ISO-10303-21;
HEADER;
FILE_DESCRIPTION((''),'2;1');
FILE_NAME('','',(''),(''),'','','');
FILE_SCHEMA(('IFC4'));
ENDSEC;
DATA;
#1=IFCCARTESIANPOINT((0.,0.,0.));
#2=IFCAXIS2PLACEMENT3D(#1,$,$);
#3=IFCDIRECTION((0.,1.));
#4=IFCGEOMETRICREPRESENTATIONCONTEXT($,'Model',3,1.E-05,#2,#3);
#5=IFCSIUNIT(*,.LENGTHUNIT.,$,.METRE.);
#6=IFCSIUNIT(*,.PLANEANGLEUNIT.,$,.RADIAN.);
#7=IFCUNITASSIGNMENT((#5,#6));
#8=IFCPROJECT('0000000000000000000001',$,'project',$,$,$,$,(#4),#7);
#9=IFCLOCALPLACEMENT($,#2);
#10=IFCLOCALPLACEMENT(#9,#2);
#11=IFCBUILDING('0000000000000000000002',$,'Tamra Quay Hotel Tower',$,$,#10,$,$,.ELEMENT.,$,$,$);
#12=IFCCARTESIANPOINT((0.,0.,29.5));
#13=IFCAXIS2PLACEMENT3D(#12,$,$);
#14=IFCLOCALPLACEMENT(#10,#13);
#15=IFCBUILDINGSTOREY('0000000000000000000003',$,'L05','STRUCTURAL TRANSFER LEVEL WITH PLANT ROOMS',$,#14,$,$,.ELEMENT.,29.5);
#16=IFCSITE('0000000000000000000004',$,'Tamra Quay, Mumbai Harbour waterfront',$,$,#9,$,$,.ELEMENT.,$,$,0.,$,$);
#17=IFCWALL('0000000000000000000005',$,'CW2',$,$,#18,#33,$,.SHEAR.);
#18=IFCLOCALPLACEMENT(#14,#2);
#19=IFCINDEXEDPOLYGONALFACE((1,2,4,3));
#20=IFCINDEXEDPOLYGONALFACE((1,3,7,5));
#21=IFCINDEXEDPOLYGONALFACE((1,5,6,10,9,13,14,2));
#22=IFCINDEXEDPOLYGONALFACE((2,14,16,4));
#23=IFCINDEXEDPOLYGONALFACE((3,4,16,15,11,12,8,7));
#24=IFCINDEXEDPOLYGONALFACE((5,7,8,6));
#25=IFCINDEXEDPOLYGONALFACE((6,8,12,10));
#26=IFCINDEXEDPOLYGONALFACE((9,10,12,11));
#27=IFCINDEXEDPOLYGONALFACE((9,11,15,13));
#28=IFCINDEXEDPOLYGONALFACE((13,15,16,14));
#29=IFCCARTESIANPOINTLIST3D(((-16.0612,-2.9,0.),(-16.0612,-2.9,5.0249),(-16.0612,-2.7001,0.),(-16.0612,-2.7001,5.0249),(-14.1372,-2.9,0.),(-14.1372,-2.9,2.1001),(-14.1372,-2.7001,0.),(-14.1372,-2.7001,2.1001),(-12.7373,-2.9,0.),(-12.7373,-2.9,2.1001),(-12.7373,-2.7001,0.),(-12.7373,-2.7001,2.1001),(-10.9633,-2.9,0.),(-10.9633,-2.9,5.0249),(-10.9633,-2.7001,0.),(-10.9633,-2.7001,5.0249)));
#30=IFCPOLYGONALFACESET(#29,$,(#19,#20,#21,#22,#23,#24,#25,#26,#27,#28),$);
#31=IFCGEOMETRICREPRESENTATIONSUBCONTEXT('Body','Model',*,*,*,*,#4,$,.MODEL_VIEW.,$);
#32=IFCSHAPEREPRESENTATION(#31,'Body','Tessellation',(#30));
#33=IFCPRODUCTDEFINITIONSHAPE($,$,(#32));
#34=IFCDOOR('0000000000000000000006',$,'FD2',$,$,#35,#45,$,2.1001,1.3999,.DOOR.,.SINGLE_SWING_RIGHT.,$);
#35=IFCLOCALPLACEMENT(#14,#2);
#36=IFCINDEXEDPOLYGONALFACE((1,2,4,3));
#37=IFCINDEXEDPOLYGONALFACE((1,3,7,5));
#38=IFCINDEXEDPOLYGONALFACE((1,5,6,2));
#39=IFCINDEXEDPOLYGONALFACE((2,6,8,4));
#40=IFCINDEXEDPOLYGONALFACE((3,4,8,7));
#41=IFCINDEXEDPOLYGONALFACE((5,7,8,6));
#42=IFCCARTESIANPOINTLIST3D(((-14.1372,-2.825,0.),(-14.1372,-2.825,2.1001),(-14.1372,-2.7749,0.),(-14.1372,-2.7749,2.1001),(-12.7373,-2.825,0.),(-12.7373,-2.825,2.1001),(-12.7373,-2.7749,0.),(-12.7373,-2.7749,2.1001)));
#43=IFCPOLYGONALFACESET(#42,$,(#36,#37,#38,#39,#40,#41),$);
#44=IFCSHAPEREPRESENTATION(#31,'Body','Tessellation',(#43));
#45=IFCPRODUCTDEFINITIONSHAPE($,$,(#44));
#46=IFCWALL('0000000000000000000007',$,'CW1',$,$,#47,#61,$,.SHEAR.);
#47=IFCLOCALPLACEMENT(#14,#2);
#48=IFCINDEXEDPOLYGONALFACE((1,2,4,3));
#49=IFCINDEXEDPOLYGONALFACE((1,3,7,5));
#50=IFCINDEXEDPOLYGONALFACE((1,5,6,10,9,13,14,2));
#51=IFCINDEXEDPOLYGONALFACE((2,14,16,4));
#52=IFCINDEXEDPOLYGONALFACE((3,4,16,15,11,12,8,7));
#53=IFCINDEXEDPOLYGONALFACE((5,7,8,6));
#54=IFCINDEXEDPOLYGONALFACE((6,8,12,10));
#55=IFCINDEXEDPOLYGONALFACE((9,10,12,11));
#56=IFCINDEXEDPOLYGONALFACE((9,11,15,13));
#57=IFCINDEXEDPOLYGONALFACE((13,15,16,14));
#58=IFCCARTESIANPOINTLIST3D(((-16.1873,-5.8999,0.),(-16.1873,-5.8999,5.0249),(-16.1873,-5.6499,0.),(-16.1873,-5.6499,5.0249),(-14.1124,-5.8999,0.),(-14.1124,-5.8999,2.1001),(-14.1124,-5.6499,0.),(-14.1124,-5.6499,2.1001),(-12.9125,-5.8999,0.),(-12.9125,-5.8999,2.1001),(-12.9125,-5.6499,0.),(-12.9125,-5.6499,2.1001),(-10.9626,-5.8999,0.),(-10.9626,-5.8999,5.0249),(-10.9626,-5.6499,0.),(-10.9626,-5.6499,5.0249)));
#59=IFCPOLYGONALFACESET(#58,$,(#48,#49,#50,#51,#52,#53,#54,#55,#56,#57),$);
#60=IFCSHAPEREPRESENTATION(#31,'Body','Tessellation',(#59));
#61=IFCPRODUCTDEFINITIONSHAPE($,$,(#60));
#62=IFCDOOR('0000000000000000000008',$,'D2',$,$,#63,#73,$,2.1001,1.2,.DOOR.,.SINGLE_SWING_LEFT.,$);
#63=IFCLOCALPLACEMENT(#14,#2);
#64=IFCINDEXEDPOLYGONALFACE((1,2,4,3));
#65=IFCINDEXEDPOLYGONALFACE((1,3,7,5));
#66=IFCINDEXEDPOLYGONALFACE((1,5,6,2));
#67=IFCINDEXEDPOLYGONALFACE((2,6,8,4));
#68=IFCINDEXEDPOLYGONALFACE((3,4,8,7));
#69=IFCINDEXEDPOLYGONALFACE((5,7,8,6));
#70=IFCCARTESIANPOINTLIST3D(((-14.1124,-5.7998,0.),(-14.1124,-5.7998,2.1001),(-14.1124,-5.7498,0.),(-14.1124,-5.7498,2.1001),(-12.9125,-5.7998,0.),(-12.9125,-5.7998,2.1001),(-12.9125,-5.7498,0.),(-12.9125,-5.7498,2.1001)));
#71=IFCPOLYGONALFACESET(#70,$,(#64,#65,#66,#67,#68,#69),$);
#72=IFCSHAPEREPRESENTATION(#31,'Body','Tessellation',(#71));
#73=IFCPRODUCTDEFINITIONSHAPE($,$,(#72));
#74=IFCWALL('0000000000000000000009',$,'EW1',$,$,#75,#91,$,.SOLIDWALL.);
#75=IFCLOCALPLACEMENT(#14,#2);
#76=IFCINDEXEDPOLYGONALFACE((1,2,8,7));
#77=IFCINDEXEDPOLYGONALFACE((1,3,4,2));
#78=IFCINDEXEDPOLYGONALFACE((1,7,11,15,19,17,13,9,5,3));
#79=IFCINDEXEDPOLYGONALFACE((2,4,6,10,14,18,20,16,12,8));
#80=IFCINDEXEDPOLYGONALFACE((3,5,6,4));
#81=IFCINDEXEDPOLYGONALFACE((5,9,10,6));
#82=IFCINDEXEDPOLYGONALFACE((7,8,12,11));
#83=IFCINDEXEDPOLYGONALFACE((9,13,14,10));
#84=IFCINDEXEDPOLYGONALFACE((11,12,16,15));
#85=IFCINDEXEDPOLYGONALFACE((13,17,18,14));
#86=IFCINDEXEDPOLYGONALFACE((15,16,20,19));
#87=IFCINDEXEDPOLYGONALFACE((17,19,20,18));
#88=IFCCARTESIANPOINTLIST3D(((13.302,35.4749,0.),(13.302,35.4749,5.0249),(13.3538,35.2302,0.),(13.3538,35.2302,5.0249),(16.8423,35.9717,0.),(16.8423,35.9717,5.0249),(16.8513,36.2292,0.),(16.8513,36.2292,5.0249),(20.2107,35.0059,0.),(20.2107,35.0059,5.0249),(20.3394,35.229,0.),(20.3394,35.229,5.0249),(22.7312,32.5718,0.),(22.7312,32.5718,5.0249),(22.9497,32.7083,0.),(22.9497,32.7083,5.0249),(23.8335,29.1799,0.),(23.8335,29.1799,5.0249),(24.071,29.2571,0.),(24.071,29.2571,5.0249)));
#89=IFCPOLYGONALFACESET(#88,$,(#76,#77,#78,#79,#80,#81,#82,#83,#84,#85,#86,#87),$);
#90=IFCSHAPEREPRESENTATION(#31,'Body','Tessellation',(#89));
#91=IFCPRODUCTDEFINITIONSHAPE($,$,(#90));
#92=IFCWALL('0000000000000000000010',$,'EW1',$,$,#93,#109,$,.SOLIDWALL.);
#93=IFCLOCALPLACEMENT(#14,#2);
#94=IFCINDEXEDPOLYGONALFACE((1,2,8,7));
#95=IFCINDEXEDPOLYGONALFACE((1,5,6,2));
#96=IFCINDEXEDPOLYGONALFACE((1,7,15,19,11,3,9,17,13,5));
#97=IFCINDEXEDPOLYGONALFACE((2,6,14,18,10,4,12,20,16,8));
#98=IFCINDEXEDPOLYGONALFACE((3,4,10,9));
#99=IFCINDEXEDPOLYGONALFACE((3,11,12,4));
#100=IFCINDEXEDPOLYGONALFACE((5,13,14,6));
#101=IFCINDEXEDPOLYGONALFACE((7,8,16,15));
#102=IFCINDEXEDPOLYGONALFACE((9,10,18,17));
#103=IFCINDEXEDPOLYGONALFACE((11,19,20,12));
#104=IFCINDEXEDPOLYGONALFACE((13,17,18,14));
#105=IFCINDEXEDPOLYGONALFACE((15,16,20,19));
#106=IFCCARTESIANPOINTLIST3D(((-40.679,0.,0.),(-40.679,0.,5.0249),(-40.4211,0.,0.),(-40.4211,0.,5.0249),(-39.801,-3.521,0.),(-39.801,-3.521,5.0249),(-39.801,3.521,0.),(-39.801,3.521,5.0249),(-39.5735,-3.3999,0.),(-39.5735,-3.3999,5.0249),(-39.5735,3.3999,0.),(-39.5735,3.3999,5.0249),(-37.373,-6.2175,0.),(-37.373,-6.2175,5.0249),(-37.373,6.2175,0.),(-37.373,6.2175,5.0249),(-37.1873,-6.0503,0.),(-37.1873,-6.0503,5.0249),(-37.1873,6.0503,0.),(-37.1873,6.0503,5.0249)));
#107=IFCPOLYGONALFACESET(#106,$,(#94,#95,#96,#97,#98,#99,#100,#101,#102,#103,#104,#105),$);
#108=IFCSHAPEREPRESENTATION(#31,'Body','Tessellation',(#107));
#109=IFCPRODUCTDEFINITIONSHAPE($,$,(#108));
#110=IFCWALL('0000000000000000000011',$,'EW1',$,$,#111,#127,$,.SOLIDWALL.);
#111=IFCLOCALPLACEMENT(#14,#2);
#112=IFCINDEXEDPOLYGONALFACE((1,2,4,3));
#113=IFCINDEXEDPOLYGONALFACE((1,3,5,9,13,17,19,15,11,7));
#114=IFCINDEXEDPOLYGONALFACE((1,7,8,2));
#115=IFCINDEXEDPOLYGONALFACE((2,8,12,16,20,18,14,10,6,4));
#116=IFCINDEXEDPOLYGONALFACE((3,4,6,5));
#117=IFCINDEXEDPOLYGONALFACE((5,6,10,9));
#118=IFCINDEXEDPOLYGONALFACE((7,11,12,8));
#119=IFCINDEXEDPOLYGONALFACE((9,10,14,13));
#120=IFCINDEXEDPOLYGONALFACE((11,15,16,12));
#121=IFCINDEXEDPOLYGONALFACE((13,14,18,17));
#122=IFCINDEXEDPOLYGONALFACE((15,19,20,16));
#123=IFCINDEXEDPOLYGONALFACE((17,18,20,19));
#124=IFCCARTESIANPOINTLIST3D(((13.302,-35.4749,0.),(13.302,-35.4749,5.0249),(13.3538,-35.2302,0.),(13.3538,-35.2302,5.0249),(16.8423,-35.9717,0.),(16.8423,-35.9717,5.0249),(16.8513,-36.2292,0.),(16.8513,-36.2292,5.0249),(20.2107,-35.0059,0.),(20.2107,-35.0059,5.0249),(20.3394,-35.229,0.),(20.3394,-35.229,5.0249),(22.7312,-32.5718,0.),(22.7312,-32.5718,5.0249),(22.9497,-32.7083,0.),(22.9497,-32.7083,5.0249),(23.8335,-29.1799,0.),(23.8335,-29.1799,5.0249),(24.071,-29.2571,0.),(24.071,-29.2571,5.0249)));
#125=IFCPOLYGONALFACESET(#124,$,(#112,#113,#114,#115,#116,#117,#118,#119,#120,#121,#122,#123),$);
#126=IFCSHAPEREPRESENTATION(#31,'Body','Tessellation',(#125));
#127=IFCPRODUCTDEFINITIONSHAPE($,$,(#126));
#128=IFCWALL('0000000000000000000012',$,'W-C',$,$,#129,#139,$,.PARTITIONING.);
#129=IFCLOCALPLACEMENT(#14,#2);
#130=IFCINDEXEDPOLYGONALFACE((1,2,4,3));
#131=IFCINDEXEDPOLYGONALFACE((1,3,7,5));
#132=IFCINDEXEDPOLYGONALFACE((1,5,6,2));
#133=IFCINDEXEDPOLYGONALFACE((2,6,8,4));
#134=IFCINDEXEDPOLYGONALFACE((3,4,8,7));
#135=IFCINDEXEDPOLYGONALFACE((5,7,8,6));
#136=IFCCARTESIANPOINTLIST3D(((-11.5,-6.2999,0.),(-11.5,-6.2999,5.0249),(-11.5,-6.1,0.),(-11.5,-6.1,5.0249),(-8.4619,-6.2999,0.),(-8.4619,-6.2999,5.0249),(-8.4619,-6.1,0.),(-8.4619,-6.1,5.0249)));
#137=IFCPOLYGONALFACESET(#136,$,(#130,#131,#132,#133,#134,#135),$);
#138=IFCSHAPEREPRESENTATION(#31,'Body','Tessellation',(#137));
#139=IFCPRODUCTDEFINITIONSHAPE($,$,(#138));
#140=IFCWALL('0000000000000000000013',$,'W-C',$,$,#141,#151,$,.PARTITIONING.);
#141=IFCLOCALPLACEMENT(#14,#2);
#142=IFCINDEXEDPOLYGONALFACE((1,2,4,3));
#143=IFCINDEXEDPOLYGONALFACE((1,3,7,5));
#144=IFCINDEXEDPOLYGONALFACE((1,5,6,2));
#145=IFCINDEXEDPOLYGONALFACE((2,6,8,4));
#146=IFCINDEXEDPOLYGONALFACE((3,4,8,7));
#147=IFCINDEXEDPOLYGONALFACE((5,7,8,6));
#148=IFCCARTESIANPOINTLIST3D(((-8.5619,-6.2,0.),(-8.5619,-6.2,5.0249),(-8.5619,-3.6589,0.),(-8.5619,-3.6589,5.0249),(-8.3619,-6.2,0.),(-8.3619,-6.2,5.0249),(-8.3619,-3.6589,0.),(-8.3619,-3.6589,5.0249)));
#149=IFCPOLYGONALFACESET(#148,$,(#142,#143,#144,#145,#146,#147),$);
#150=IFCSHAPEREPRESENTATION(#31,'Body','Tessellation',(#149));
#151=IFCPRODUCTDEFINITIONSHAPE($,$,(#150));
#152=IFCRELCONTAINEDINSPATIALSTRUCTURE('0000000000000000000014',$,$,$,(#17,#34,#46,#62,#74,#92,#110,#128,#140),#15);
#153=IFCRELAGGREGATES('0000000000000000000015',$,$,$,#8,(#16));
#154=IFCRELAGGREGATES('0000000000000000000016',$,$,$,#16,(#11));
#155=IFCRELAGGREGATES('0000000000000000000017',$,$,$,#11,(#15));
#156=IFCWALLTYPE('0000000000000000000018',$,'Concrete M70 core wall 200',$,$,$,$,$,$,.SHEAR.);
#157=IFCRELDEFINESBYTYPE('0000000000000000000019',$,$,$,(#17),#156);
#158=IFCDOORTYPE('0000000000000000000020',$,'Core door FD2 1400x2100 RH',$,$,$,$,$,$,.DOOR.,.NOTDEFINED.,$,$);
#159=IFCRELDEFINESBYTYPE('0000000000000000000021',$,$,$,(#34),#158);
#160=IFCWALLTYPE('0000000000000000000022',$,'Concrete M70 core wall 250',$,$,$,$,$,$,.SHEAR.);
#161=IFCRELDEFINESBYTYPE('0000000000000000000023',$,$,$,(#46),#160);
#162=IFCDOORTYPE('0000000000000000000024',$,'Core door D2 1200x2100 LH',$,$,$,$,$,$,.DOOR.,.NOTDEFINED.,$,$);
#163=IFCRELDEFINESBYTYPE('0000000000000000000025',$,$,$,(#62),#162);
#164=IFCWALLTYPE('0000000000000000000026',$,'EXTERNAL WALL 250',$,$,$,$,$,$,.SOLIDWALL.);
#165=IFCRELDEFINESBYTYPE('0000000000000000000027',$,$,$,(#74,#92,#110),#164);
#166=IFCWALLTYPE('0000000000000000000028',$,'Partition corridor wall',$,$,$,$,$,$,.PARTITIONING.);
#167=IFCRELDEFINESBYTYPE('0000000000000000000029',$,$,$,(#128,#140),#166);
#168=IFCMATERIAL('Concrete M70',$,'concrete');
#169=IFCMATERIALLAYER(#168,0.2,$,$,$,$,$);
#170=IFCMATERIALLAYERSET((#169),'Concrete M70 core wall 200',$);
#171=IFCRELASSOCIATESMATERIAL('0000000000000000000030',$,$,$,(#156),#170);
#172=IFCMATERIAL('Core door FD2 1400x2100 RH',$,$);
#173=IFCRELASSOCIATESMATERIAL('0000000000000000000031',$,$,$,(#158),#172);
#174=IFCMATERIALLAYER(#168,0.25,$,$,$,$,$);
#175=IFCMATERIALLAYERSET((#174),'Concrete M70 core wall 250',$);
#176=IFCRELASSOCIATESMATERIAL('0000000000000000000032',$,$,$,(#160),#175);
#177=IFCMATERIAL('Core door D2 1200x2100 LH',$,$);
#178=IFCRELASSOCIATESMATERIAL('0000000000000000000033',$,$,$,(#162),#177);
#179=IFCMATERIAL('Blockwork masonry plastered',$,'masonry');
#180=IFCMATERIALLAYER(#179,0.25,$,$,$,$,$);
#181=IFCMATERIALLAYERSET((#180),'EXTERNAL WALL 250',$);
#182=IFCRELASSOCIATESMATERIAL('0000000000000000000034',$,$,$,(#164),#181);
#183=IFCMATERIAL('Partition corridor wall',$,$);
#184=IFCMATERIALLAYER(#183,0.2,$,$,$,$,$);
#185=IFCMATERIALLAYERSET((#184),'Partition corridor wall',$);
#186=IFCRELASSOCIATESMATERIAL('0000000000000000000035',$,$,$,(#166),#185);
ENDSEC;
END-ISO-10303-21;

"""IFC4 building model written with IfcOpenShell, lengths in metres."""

from ifc_helpers import new_model, si_unit, direction, frame, frame_2d, origin, place, context, subcontext, project, spatial, polyline, rectangle, outline, extrude, material, layer, layer_set, type_object, element, fill, save


model = new_model("IFC4")

# Units and contexts
model_context = context("Model", 3, precision=1e-05, world=origin(), true_north=direction((0.0, 1.0)))
body_context = subcontext(model_context, "Body", "Model", "MODEL_VIEW")
ifc_project = project(units=[si_unit("LENGTHUNIT", "METRE"), si_unit("PLANEANGLEUNIT", "RADIAN")], contexts=[model_context])

# Site, building, storey
site_placement = place(None, origin())
site = spatial("IfcSite", under=ifc_project, at=site_placement, Name="Tamra Quay, Mumbai Harbour waterfront", CompositionType="ELEMENT", RefElevation=0.0)
building_placement = place(site_placement, origin())
building = spatial("IfcBuilding", under=site, at=building_placement, Name="Tamra Quay Hotel Tower", CompositionType="ELEMENT")
storey_placement = place(building_placement, frame((0.0, 0.0, 29.5)))
storey = spatial("IfcBuildingStorey", under=building, at=storey_placement, Name="L05", Description="STRUCTURAL TRANSFER LEVEL WITH PLANT ROOMS", CompositionType="ELEMENT", Elevation=29.5)

# Shared definitions
ifc_material_1 = material(Name="Concrete M70", Category="concrete")

# Walls, openings, doors
ifc_layer_1 = layer(ifc_material_1, 0.2)
ifc_layer_set_1 = layer_set([ifc_layer_1], Name="Concrete M70 core wall 200")
wall_type_1 = type_object("IfcWallType", Name="Concrete M70 core wall 200", PredefinedType="SHEAR", material=ifc_layer_set_1)
wall_1_placement = place(storey_placement, frame((-10.9634, -2.8, 0.0), z_axis=(0.0, 0.0, 1.0), x_axis=(-1.0, 0.0, 0.0)))
wall_1 = element("IfcWall", 1, at=wall_1_placement, inside=storey, type_object=wall_type_1, Name="CW2", PredefinedType="SHEAR", context=body_context, shape_type="SweptSolid", body=[
    extrude(rectangle(XDim=5.0979, YDim=0.2, at=frame_2d((2.5488, 0.0))), origin(), (0.0, 0.0, 1.0), 5.0249),
])
opening_1_placement = place(wall_1_placement, frame((1.7739, 0.0, 0.0)))
opening_1 = element("IfcOpeningElement", 2, at=opening_1_placement, cuts=wall_1, PredefinedType="OPENING", context=body_context, shape_type="SweptSolid", body=[
    extrude(rectangle(XDim=1.3999, YDim=2.1001, at=frame_2d((0.7, 1.05))), frame((0.0, 0.1099, 0.0), z_axis=(0.0, -1.0, 0.0), x_axis=(1.0, 0.0, 0.0)), (0.0, 0.0, 1.0), 0.22),
])
ifc_material_2 = material(Name="Core door FD2 1400x2100 RH")
door_type_1 = type_object("IfcDoorType", Name="Core door FD2 1400x2100 RH", OperationType="NOTDEFINED", PredefinedType="DOOR", material=ifc_material_2)
door_1_placement = place(opening_1_placement, origin())
door_1 = element("IfcDoor", 3, at=door_1_placement, inside=storey, type_object=door_type_1, Name="FD2", OperationType="SINGLE_SWING_RIGHT", OverallHeight=2.1001, OverallWidth=1.3999, PredefinedType="DOOR", context=body_context, shape_type="SweptSolid", body=[
    extrude(rectangle(XDim=1.3999, YDim=2.1001, at=frame_2d((0.7, 1.05))), frame((0.0, 0.0249, 0.0), z_axis=(0.0, -1.0, 0.0), x_axis=(1.0, 0.0, 0.0)), (0.0, 0.0, 1.0), 0.05),
])
fill(opening_1, door_1)
ifc_layer_2 = layer(ifc_material_1, 0.25)
ifc_layer_set_2 = layer_set([ifc_layer_2], Name="Concrete M70 core wall 250")
wall_type_2 = type_object("IfcWallType", Name="Concrete M70 core wall 250", PredefinedType="SHEAR", material=ifc_layer_set_2)
wall_2_placement = place(storey_placement, frame((-10.9626, -5.7749, 0.0), z_axis=(0.0, 0.0, 1.0), x_axis=(-1.0, 0.0, 0.0)))
wall_2 = element("IfcWall", 4, at=wall_2_placement, inside=storey, type_object=wall_type_2, Name="CW1", PredefinedType="SHEAR", context=body_context, shape_type="SweptSolid", body=[
    extrude(rectangle(XDim=5.2246, YDim=0.25, at=frame_2d((2.6123, 0.0))), origin(), (0.0, 0.0, 1.0), 5.0249),
])
opening_2_placement = place(wall_2_placement, frame((1.9497, 0.0, 0.0)))
opening_2 = element("IfcOpeningElement", 5, at=opening_2_placement, cuts=wall_2, PredefinedType="OPENING", context=body_context, shape_type="SweptSolid", body=[
    extrude(rectangle(XDim=1.2, YDim=2.1001, at=frame_2d((0.6001, 1.05))), frame((0.0, 0.135, 0.0), z_axis=(0.0, -1.0, 0.0), x_axis=(1.0, 0.0, 0.0)), (0.0, 0.0, 1.0), 0.27),
])
ifc_material_3 = material(Name="Core door D2 1200x2100 LH")
door_type_2 = type_object("IfcDoorType", Name="Core door D2 1200x2100 LH", OperationType="NOTDEFINED", PredefinedType="DOOR", material=ifc_material_3)
door_2_placement = place(opening_2_placement, origin())
door_2 = element("IfcDoor", 6, at=door_2_placement, inside=storey, type_object=door_type_2, Name="D2", OperationType="SINGLE_SWING_LEFT", OverallHeight=2.1001, OverallWidth=1.2, PredefinedType="DOOR", context=body_context, shape_type="SweptSolid", body=[
    extrude(rectangle(XDim=1.2, YDim=2.1001, at=frame_2d((0.6001, 1.05))), frame((0.0, 0.0249, 0.0), z_axis=(0.0, -1.0, 0.0), x_axis=(1.0, 0.0, 0.0)), (0.0, 0.0, 1.0), 0.05),
])
fill(opening_2, door_2)

# Walls
ifc_material_4 = material(Name="Blockwork masonry plastered", Category="masonry")
ifc_layer_3 = layer(ifc_material_4, 0.25)
ifc_layer_set_3 = layer_set([ifc_layer_3], Name="EXTERNAL WALL 250")
wall_type_3 = type_object("IfcWallType", Name="EXTERNAL WALL 250", PredefinedType="SOLIDWALL", material=ifc_layer_set_3)
wall_3_placement = place(storey_placement, origin())
element("IfcWall", 7, at=wall_3_placement, inside=storey, type_object=wall_type_3, Name="EW1", PredefinedType="SOLIDWALL", context=body_context, shape_type="SweptSolid", body=[
    extrude(outline(polyline([(24.071, 29.2571), (22.9497, 32.7083), (20.3394, 35.229), (16.8513, 36.2292), (13.302, 35.4749), (13.3538, 35.2302), (16.8423, 35.9717), (20.2107, 35.0059), (22.7312, 32.5718), (23.8335, 29.1799), (24.071, 29.2571)])), origin(), (0.0, 0.0, 1.0), 5.0249),
])
wall_4_placement = place(storey_placement, origin())
element("IfcWall", 8, at=wall_4_placement, inside=storey, type_object=wall_type_3, Name="EW1", PredefinedType="SOLIDWALL", context=body_context, shape_type="SweptSolid", body=[
    extrude(outline(polyline([(-37.373, 6.2175), (-39.801, 3.521), (-40.679, 0.0), (-39.801, -3.521), (-37.373, -6.2175), (-37.1873, -6.0503), (-39.5735, -3.3999), (-40.4211, 0.0), (-39.5735, 3.3999), (-37.1873, 6.0503), (-37.373, 6.2175)])), origin(), (0.0, 0.0, 1.0), 5.0249),
])
wall_5_placement = place(storey_placement, origin())
element("IfcWall", 9, at=wall_5_placement, inside=storey, type_object=wall_type_3, Name="EW1", PredefinedType="SOLIDWALL", context=body_context, shape_type="SweptSolid", body=[
    extrude(outline(polyline([(13.302, -35.4749), (16.8513, -36.2292), (20.3394, -35.229), (22.9497, -32.7083), (24.071, -29.2571), (23.8335, -29.1799), (22.7312, -32.5718), (20.2107, -35.0059), (16.8423, -35.9717), (13.3538, -35.2302), (13.302, -35.4749)])), origin(), (0.0, 0.0, 1.0), 5.0249),
])
ifc_material_5 = material(Name="Partition corridor wall")
ifc_layer_4 = layer(ifc_material_5, 0.2)
ifc_layer_set_4 = layer_set([ifc_layer_4], Name="Partition corridor wall")
wall_type_4 = type_object("IfcWallType", Name="Partition corridor wall", PredefinedType="PARTITIONING", material=ifc_layer_set_4)
wall_6_placement = place(storey_placement, frame((-11.5, -6.2, 0.0), z_axis=(0.0, 0.0, 1.0), x_axis=(1.0, 0.0, 0.0)))
element("IfcWall", 10, at=wall_6_placement, inside=storey, type_object=wall_type_4, Name="W-C", PredefinedType="PARTITIONING", context=body_context, shape_type="SweptSolid", body=[
    extrude(rectangle(XDim=3.0381, YDim=0.2, at=frame_2d((1.519, 0.0))), origin(), (0.0, 0.0, 1.0), 5.0249),
])
wall_7_placement = place(storey_placement, frame((-8.4619, -6.2, 0.0), z_axis=(0.0, 0.0, 1.0), x_axis=(0.0, 1.0, 0.0)))
element("IfcWall", 11, at=wall_7_placement, inside=storey, type_object=wall_type_4, Name="W-C", PredefinedType="PARTITIONING", context=body_context, shape_type="SweptSolid", body=[
    extrude(rectangle(XDim=2.541, YDim=0.2, at=frame_2d((1.2705, 0.0))), origin(), (0.0, 0.0, 1.0), 5.0249),
])

save(model, "model.ifc")
